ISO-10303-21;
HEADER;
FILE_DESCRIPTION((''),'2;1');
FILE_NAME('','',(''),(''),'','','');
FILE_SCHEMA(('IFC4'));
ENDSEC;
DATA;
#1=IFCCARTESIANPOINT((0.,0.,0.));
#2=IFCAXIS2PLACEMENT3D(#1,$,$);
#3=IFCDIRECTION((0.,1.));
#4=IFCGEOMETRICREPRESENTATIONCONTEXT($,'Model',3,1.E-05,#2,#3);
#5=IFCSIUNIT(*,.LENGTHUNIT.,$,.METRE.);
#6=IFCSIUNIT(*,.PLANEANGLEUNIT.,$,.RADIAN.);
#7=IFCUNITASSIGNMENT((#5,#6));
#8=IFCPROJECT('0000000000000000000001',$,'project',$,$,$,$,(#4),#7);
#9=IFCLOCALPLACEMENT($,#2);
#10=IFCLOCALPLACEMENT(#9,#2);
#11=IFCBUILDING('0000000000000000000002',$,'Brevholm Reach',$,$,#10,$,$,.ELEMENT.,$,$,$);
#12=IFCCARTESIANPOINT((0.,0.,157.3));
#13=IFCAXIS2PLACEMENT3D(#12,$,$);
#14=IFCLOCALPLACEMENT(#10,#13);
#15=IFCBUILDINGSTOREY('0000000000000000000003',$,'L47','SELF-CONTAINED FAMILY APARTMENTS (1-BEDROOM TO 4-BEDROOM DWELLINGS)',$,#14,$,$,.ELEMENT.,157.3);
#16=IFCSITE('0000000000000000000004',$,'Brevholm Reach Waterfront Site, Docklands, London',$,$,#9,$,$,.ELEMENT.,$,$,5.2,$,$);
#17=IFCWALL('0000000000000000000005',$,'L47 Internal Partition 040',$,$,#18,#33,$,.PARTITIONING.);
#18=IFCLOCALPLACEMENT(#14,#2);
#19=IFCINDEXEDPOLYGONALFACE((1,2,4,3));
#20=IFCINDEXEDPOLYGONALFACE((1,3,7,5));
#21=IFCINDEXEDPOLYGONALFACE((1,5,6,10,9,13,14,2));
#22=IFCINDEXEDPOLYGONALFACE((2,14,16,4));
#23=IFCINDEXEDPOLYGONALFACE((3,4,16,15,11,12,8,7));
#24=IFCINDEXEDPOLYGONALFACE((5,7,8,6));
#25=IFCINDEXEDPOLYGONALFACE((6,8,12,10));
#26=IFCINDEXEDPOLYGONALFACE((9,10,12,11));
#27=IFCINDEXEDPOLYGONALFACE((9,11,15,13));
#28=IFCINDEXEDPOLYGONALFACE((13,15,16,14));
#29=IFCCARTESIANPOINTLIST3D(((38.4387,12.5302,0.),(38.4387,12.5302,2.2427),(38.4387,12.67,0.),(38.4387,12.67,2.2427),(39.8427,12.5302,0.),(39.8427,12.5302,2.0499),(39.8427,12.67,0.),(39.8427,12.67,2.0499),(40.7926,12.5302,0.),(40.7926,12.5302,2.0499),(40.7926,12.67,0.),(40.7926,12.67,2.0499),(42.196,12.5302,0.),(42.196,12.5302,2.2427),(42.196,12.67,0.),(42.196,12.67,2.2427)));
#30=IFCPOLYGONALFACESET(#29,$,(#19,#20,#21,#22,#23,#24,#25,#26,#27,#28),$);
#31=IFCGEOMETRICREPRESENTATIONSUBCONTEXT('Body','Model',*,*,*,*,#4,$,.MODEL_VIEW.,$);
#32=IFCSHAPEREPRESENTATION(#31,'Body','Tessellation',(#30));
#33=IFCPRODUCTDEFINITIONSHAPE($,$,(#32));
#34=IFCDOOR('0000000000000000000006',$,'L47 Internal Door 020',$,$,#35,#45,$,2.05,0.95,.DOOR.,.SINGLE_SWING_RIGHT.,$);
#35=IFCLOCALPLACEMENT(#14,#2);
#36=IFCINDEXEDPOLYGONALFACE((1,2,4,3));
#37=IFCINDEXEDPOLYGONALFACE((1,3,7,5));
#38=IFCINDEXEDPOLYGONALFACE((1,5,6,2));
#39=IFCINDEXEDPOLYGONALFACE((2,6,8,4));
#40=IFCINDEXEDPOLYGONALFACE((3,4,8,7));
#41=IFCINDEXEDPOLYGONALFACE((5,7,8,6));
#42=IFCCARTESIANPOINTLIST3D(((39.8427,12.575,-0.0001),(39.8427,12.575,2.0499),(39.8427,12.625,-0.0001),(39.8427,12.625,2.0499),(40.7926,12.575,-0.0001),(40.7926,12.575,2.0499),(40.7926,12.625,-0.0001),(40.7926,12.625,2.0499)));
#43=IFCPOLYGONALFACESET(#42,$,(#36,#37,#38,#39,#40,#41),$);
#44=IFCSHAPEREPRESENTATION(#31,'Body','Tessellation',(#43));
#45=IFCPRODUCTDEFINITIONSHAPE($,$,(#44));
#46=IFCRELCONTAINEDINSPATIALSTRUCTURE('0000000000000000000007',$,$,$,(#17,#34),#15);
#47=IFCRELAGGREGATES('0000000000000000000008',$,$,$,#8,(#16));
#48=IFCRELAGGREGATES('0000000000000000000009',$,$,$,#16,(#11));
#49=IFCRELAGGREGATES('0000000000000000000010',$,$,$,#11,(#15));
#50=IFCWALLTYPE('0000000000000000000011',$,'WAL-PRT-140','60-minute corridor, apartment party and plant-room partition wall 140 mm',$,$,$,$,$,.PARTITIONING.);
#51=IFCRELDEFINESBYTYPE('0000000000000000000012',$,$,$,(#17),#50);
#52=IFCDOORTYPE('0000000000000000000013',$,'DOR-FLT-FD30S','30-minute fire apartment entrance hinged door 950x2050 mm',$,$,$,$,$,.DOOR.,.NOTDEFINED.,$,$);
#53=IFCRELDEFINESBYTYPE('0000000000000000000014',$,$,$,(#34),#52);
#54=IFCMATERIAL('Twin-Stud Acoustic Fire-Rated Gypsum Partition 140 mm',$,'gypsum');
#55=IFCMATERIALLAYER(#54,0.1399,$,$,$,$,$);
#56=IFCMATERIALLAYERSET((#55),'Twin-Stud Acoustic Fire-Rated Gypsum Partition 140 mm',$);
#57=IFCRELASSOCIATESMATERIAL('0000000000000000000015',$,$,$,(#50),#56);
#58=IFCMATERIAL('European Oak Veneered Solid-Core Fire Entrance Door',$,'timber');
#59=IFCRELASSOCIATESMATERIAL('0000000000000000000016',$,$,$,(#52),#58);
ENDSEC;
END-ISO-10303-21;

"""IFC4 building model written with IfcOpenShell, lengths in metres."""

from ifc_helpers import new_model, si_unit, direction, frame, frame_2d, origin, place, context, subcontext, project, spatial, rectangle, extrude, material, layer, layer_set, type_object, element, fill, save


model = new_model("IFC4")

# Units and contexts
model_context = context("Model", 3, precision=1e-05, world=origin(), true_north=direction((0.0, 1.0)))
body_context = subcontext(model_context, "Body", "Model", "MODEL_VIEW")
ifc_project = project(units=[si_unit("LENGTHUNIT", "METRE"), si_unit("PLANEANGLEUNIT", "RADIAN")], contexts=[model_context])

# Site, building, storey
site_placement = place(None, origin())
site = spatial("IfcSite", under=ifc_project, at=site_placement, Name="Brevholm Reach Waterfront Site, Docklands, London", CompositionType="ELEMENT", RefElevation=5.2)
building_placement = place(site_placement, origin())
building = spatial("IfcBuilding", under=site, at=building_placement, Name="Brevholm Reach", CompositionType="ELEMENT")
storey_placement = place(building_placement, frame((0.0, 0.0, 157.3)))
storey = spatial("IfcBuildingStorey", under=building, at=storey_placement, Name="L47", Description="SELF-CONTAINED FAMILY APARTMENTS (1-BEDROOM TO 4-BEDROOM DWELLINGS)", CompositionType="ELEMENT", Elevation=157.3)

# Wall, opening, door
ifc_material_1 = material(Name="Twin-Stud Acoustic Fire-Rated Gypsum Partition 140 mm", Category="gypsum")
ifc_layer_1 = layer(ifc_material_1, 0.1399)
ifc_layer_set_1 = layer_set([ifc_layer_1], Name="Twin-Stud Acoustic Fire-Rated Gypsum Partition 140 mm")
wall_type_1 = type_object("IfcWallType", Name="WAL-PRT-140", Description="60-minute corridor, apartment party and plant-room partition wall 140 mm", PredefinedType="PARTITIONING", material=ifc_layer_set_1)
wall_1_placement = place(storey_placement, frame((38.4387, 12.6001, 0.0), z_axis=(0.0, 0.0, 1.0), x_axis=(1.0, 0.0, 0.0)))
wall_1 = element("IfcWall", 1, at=wall_1_placement, inside=storey, type_object=wall_type_1, Name="L47 Internal Partition 040", PredefinedType="PARTITIONING", context=body_context, shape_type="SweptSolid", body=[
    extrude(rectangle(XDim=3.7573, YDim=0.1399, at=frame_2d((1.8787, 0.0))), origin(), (0.0, 0.0, 1.0), 2.2427),
])
opening_1_placement = place(wall_1_placement, frame((1.4038, 0.0, 0.0)))
opening_1 = element("IfcOpeningElement", 2, at=opening_1_placement, cuts=wall_1, PredefinedType="OPENING", context=body_context, shape_type="SweptSolid", body=[
    extrude(rectangle(XDim=0.95, YDim=2.05, at=frame_2d((0.4751, 1.0249))), frame((0.0, 0.0798, 0.0), z_axis=(0.0, -1.0, 0.0), x_axis=(1.0, 0.0, 0.0)), (0.0, 0.0, 1.0), 0.1599),
])
ifc_material_2 = material(Name="European Oak Veneered Solid-Core Fire Entrance Door", Category="timber")
door_type = type_object("IfcDoorType", Name="DOR-FLT-FD30S", Description="30-minute fire apartment entrance hinged door 950x2050 mm", OperationType="NOTDEFINED", PredefinedType="DOOR", material=ifc_material_2)
door_placement = place(opening_1_placement, origin())
door = element("IfcDoor", 3, at=door_placement, inside=storey, type_object=door_type, Name="L47 Internal Door 020", OperationType="SINGLE_SWING_RIGHT", OverallHeight=2.05, OverallWidth=0.95, PredefinedType="DOOR", context=body_context, shape_type="SweptSolid", body=[
    extrude(rectangle(XDim=0.95, YDim=2.05, at=frame_2d((0.4751, 1.0249))), frame((0.0, 0.0249, 0.0), z_axis=(0.0, -1.0, 0.0), x_axis=(1.0, 0.0, 0.0)), (0.0, 0.0, 1.0), 0.05),
])
fill(opening_1, door)

save(model, "model.ifc")
